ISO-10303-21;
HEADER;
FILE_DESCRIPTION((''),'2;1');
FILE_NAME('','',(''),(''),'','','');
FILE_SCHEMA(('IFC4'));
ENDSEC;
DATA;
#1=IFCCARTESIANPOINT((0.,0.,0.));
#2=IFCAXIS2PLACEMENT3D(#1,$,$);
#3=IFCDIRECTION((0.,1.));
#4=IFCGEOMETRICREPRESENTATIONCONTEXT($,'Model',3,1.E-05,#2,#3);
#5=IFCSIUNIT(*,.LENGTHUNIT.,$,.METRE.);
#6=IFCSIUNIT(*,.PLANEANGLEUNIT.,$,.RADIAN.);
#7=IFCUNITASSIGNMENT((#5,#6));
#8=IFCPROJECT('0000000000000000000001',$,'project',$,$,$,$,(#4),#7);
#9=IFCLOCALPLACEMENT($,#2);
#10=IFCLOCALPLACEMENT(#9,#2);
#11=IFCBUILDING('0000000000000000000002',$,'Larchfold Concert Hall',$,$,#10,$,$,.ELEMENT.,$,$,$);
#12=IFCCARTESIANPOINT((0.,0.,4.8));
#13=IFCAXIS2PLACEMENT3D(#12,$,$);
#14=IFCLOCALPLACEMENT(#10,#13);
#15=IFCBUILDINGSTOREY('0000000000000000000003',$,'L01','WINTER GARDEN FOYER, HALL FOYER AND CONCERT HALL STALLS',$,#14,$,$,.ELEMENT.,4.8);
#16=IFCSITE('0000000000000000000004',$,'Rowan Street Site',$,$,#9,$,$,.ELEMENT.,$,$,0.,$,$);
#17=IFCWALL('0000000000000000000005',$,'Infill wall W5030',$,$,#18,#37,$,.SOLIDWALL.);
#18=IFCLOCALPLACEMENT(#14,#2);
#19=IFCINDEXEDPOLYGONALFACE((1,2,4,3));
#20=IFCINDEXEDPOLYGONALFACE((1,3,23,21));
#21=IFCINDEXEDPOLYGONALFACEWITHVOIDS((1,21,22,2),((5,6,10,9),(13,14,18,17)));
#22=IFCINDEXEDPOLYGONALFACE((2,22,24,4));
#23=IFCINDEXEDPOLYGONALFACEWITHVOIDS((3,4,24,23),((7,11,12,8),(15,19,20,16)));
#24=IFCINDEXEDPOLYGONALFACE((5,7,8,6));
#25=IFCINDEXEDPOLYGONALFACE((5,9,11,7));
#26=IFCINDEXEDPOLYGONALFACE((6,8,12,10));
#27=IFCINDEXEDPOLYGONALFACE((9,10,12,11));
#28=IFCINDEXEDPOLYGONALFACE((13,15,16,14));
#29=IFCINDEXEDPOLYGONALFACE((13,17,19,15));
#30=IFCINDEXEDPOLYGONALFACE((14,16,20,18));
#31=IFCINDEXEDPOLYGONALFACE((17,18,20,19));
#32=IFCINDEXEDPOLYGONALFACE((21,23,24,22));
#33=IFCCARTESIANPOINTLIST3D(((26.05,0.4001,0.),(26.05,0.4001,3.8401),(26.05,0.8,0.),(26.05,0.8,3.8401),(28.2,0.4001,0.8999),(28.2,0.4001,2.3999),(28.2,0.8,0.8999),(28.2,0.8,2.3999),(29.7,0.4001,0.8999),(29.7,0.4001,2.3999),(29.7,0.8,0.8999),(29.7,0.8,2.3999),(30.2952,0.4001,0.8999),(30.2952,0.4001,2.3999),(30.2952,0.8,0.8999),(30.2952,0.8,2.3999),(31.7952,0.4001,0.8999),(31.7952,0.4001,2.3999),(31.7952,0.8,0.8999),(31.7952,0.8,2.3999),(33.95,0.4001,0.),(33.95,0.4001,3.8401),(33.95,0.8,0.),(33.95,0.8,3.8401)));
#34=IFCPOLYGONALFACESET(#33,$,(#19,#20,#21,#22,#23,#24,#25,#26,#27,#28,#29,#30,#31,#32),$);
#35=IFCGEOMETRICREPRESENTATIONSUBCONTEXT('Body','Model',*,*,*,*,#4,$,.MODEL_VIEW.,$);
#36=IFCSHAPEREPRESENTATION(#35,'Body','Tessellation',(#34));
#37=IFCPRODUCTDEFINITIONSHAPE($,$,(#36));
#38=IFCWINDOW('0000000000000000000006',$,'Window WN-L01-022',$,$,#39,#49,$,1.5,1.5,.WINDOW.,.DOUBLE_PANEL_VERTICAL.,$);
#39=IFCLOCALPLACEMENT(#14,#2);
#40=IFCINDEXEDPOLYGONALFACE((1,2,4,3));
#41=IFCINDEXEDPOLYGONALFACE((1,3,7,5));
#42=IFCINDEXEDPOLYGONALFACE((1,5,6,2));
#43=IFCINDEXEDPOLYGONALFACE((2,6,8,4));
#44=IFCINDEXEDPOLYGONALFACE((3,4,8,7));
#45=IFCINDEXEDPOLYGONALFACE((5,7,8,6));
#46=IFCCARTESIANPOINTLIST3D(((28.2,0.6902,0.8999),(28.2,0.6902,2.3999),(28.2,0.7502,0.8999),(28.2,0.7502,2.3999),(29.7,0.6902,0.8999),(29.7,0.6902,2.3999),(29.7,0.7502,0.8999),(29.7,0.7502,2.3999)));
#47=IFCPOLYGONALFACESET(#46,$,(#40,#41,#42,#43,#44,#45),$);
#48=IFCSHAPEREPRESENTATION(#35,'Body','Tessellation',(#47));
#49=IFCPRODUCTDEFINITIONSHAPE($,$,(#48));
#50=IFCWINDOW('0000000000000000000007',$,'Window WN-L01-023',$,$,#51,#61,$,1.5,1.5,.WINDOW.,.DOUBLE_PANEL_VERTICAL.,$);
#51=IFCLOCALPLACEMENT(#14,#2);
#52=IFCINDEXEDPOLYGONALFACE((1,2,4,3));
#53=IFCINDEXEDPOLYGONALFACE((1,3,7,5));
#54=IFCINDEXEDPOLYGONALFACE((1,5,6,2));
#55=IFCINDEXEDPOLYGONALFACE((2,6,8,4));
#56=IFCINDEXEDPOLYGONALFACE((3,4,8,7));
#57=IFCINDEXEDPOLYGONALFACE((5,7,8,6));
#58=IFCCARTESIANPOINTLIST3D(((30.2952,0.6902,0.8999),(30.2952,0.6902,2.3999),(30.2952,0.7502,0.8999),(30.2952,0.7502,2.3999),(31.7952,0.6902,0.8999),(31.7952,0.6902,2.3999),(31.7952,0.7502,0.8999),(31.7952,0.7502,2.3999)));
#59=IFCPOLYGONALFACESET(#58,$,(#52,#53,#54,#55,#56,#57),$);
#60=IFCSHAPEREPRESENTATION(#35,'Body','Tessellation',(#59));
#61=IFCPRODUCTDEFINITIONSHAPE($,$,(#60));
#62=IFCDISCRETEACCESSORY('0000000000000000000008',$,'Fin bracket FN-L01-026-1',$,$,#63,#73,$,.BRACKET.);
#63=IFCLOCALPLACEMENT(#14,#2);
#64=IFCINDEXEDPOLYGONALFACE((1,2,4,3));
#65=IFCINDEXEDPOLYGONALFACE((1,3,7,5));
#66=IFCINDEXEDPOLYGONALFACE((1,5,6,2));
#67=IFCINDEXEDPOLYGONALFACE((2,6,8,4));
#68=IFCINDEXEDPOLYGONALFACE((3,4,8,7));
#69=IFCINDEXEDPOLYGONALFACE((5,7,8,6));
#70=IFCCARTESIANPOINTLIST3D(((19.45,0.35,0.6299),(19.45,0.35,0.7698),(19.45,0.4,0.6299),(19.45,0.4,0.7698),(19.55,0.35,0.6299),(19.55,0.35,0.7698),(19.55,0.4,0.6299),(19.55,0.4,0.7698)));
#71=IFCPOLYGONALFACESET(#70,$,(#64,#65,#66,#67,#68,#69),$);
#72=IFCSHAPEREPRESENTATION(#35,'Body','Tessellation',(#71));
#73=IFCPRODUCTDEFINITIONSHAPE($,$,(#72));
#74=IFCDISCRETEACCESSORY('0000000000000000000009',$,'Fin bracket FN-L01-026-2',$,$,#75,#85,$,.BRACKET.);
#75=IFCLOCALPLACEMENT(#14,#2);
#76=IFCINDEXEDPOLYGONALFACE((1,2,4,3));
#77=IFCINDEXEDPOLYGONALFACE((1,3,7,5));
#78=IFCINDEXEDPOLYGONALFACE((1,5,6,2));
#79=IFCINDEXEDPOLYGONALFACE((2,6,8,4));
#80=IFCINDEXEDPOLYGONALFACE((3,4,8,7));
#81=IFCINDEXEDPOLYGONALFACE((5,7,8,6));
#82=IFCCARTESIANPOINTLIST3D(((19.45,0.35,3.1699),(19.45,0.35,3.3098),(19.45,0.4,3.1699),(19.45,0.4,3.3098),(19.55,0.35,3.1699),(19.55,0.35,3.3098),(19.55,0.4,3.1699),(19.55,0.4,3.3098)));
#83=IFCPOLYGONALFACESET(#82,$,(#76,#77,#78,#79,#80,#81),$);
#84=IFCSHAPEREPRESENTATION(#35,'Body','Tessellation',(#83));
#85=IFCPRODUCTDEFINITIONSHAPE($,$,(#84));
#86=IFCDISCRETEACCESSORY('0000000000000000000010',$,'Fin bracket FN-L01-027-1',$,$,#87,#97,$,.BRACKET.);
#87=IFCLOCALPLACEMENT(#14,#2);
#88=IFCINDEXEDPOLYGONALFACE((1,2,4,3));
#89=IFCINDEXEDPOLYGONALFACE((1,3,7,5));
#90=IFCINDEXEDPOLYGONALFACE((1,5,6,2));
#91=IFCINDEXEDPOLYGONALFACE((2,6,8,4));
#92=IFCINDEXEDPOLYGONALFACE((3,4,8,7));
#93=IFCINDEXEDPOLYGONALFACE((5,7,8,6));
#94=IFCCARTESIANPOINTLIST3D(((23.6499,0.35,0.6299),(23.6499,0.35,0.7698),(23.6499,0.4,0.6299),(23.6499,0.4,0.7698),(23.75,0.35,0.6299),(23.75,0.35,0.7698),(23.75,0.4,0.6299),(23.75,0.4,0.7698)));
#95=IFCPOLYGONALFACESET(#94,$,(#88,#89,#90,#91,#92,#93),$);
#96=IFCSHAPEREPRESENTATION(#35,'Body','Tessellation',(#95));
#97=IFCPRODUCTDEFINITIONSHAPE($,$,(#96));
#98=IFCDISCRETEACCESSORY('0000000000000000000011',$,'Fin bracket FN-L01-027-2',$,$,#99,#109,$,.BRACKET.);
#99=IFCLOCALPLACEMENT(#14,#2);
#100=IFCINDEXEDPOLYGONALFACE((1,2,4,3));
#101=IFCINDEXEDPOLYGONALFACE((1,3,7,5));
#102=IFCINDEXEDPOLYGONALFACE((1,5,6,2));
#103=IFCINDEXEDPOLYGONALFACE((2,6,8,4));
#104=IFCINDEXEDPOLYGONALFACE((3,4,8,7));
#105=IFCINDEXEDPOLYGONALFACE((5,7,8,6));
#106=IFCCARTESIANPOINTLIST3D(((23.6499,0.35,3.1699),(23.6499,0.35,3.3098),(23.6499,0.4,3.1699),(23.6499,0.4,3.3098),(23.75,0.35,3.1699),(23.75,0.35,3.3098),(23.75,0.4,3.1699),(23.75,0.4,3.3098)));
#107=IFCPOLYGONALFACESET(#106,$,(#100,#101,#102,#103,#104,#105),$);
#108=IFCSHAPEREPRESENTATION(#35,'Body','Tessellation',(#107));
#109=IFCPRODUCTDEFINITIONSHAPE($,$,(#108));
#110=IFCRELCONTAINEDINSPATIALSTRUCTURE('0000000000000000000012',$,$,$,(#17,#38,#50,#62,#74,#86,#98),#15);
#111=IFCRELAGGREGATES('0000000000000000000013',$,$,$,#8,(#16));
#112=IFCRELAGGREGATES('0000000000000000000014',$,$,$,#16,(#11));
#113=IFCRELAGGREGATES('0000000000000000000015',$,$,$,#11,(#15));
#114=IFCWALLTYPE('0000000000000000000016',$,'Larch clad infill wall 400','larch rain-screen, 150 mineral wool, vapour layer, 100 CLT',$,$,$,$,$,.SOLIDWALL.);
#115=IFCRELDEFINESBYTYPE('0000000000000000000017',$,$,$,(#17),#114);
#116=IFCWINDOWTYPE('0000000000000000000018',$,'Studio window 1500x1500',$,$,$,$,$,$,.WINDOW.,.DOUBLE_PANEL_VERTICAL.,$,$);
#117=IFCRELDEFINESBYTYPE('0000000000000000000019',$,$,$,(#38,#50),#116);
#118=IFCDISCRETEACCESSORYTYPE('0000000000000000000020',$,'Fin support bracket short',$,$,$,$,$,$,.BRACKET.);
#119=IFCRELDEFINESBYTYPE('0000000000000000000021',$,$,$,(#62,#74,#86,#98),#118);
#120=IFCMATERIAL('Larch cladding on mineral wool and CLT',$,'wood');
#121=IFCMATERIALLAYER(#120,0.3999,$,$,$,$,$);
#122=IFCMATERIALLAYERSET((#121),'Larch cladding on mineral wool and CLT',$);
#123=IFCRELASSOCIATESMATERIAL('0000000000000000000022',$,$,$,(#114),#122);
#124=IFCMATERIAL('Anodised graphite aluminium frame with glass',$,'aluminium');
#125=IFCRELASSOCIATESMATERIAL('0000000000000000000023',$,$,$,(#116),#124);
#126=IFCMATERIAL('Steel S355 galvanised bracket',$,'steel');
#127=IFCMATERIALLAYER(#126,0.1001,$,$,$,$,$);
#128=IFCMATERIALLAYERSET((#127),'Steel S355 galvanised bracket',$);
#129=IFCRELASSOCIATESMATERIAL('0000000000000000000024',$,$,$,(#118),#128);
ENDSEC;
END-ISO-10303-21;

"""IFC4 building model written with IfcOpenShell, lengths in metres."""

from ifc_helpers import new_model, si_unit, direction, frame, frame_2d, origin, origin_2d, place, context, subcontext, project, spatial, rectangle, extrude, material, layer, layer_set, type_object, element, fill, save


model = new_model("IFC4")

# Units and contexts
model_context = context("Model", 3, precision=1e-05, world=origin(), true_north=direction((0.0, 1.0)))
body_context = subcontext(model_context, "Body", "Model", "MODEL_VIEW")
ifc_project = project(units=[si_unit("LENGTHUNIT", "METRE"), si_unit("PLANEANGLEUNIT", "RADIAN")], contexts=[model_context])

# Site, building, storey
site_placement = place(None, origin())
site = spatial("IfcSite", under=ifc_project, at=site_placement, Name="Rowan Street Site", CompositionType="ELEMENT", RefElevation=0.0)
building_placement = place(site_placement, origin())
building = spatial("IfcBuilding", under=site, at=building_placement, Name="Larchfold Concert Hall", CompositionType="ELEMENT")
storey_placement = place(building_placement, frame((0.0, 0.0, 4.8)))
storey = spatial("IfcBuildingStorey", under=building, at=storey_placement, Name="L01", Description="WINTER GARDEN FOYER, HALL FOYER AND CONCERT HALL STALLS", CompositionType="ELEMENT", Elevation=4.8)

# Wall, openings, windows
ifc_material_1 = material(Name="Larch cladding on mineral wool and CLT", Category="wood")
ifc_layer_1 = layer(ifc_material_1, 0.3999)
ifc_layer_set_1 = layer_set([ifc_layer_1], Name="Larch cladding on mineral wool and CLT")
wall_type = type_object("IfcWallType", Name="Larch clad infill wall 400", Description="larch rain-screen, 150 mineral wool, vapour layer, 100 CLT", PredefinedType="SOLIDWALL", material=ifc_layer_set_1)
ifc_material_2 = material(Name="Anodised graphite aluminium frame with glass", Category="aluminium")
window_type = type_object("IfcWindowType", Name="Studio window 1500x1500", PartitioningType="DOUBLE_PANEL_VERTICAL", PredefinedType="WINDOW", material=ifc_material_2)
wall_1_placement = place(storey_placement, frame((26.05, 0.6001, 0.0), z_axis=(0.0, 0.0, 1.0), x_axis=(1.0, 0.0, 0.0)))
wall_1 = element("IfcWall", 1, at=wall_1_placement, inside=storey, type_object=wall_type, Name="Infill wall W5030", PredefinedType="SOLIDWALL", context=body_context, shape_type="SweptSolid", body=[
    extrude(rectangle(XDim=7.8999, YDim=0.3999, at=frame_2d((3.95, 0.0))), origin(), (0.0, 0.0, 1.0), 3.8401),
])
opening_1_placement = place(wall_1_placement, frame((2.1499, 0.0, 0.8999)))
opening_1 = element("IfcOpeningElement", 2, at=opening_1_placement, cuts=wall_1, PredefinedType="OPENING", context=body_context, shape_type="SweptSolid", body=[
    extrude(rectangle(XDim=1.5, YDim=1.5, at=frame_2d((0.75, 0.75))), frame((0.0, 0.21, 0.0), z_axis=(0.0, -1.0, 0.0), x_axis=(1.0, 0.0, 0.0)), (0.0, 0.0, 1.0), 0.4199),
])
opening_2_placement = place(wall_1_placement, frame((4.2451, 0.0, 0.8999)))
opening_2 = element("IfcOpeningElement", 3, at=opening_2_placement, cuts=wall_1, PredefinedType="OPENING", context=body_context, shape_type="SweptSolid", body=[
    extrude(rectangle(XDim=1.5, YDim=1.5, at=frame_2d((0.75, 0.75))), frame((0.0, 0.21, 0.0), z_axis=(0.0, -1.0, 0.0), x_axis=(1.0, 0.0, 0.0)), (0.0, 0.0, 1.0), 0.4199),
])
window_1_placement = place(opening_1_placement, origin())
window_1 = element("IfcWindow", 4, at=window_1_placement, inside=storey, type_object=window_type, Name="Window WN-L01-022", OverallHeight=1.5, OverallWidth=1.5, PartitioningType="DOUBLE_PANEL_VERTICAL", PredefinedType="WINDOW", context=body_context, shape_type="SweptSolid", body=[
    extrude(rectangle(XDim=1.5, YDim=1.5, at=frame_2d((0.75, 0.75))), frame((0.0, 0.1501, 0.0), z_axis=(0.0, -1.0, 0.0), x_axis=(1.0, 0.0, 0.0)), (0.0, 0.0, 1.0), 0.0601),
])
fill(opening_1, window_1)
window_2_placement = place(opening_2_placement, origin())
window_2 = element("IfcWindow", 5, at=window_2_placement, inside=storey, type_object=window_type, Name="Window WN-L01-023", OverallHeight=1.5, OverallWidth=1.5, PartitioningType="DOUBLE_PANEL_VERTICAL", PredefinedType="WINDOW", context=body_context, shape_type="SweptSolid", body=[
    extrude(rectangle(XDim=1.5, YDim=1.5, at=frame_2d((0.75, 0.75))), frame((0.0, 0.1501, 0.0), z_axis=(0.0, -1.0, 0.0), x_axis=(1.0, 0.0, 0.0)), (0.0, 0.0, 1.0), 0.0601),
])
fill(opening_2, window_2)

# Discrete accessories
ifc_material_3 = material(Name="Steel S355 galvanised bracket", Category="steel")
ifc_layer_2 = layer(ifc_material_3, 0.1001)
ifc_layer_set_2 = layer_set([ifc_layer_2], Name="Steel S355 galvanised bracket")
discrete_accessory_type = type_object("IfcDiscreteAccessoryType", Name="Fin support bracket short", PredefinedType="BRACKET", material=ifc_layer_set_2)
for number, where, z_axis, x_axis, name in (
    (6, (19.5, 0.375, 0.6299), (0.0, 0.0, 1.0), (0.0, -1.0, 0.0), "Fin bracket FN-L01-026-1"),
    (7, (19.5, 0.375, 3.1699), (0.0, 0.0, 1.0), (0.0, -1.0, 0.0), "Fin bracket FN-L01-026-2"),
    (8, (23.7, 0.375, 0.6299), (0.0, 0.0, 1.0), (0.0, -1.0, 0.0), "Fin bracket FN-L01-027-1"),
    (9, (23.7, 0.375, 3.1699), (0.0, 0.0, 1.0), (0.0, -1.0, 0.0), "Fin bracket FN-L01-027-2"),
):
    element("IfcDiscreteAccessory", number, at=place(storey_placement, frame(where, z_axis=z_axis, x_axis=x_axis)), inside=storey, type_object=discrete_accessory_type, Name=name, PredefinedType="BRACKET", context=body_context, shape_type="SweptSolid", body=[
        extrude(rectangle(XDim=0.05, YDim=0.1001, at=origin_2d()), origin(), (0.0, 0.0, 1.0), 0.1399),
    ])

save(model, "model.ifc")
